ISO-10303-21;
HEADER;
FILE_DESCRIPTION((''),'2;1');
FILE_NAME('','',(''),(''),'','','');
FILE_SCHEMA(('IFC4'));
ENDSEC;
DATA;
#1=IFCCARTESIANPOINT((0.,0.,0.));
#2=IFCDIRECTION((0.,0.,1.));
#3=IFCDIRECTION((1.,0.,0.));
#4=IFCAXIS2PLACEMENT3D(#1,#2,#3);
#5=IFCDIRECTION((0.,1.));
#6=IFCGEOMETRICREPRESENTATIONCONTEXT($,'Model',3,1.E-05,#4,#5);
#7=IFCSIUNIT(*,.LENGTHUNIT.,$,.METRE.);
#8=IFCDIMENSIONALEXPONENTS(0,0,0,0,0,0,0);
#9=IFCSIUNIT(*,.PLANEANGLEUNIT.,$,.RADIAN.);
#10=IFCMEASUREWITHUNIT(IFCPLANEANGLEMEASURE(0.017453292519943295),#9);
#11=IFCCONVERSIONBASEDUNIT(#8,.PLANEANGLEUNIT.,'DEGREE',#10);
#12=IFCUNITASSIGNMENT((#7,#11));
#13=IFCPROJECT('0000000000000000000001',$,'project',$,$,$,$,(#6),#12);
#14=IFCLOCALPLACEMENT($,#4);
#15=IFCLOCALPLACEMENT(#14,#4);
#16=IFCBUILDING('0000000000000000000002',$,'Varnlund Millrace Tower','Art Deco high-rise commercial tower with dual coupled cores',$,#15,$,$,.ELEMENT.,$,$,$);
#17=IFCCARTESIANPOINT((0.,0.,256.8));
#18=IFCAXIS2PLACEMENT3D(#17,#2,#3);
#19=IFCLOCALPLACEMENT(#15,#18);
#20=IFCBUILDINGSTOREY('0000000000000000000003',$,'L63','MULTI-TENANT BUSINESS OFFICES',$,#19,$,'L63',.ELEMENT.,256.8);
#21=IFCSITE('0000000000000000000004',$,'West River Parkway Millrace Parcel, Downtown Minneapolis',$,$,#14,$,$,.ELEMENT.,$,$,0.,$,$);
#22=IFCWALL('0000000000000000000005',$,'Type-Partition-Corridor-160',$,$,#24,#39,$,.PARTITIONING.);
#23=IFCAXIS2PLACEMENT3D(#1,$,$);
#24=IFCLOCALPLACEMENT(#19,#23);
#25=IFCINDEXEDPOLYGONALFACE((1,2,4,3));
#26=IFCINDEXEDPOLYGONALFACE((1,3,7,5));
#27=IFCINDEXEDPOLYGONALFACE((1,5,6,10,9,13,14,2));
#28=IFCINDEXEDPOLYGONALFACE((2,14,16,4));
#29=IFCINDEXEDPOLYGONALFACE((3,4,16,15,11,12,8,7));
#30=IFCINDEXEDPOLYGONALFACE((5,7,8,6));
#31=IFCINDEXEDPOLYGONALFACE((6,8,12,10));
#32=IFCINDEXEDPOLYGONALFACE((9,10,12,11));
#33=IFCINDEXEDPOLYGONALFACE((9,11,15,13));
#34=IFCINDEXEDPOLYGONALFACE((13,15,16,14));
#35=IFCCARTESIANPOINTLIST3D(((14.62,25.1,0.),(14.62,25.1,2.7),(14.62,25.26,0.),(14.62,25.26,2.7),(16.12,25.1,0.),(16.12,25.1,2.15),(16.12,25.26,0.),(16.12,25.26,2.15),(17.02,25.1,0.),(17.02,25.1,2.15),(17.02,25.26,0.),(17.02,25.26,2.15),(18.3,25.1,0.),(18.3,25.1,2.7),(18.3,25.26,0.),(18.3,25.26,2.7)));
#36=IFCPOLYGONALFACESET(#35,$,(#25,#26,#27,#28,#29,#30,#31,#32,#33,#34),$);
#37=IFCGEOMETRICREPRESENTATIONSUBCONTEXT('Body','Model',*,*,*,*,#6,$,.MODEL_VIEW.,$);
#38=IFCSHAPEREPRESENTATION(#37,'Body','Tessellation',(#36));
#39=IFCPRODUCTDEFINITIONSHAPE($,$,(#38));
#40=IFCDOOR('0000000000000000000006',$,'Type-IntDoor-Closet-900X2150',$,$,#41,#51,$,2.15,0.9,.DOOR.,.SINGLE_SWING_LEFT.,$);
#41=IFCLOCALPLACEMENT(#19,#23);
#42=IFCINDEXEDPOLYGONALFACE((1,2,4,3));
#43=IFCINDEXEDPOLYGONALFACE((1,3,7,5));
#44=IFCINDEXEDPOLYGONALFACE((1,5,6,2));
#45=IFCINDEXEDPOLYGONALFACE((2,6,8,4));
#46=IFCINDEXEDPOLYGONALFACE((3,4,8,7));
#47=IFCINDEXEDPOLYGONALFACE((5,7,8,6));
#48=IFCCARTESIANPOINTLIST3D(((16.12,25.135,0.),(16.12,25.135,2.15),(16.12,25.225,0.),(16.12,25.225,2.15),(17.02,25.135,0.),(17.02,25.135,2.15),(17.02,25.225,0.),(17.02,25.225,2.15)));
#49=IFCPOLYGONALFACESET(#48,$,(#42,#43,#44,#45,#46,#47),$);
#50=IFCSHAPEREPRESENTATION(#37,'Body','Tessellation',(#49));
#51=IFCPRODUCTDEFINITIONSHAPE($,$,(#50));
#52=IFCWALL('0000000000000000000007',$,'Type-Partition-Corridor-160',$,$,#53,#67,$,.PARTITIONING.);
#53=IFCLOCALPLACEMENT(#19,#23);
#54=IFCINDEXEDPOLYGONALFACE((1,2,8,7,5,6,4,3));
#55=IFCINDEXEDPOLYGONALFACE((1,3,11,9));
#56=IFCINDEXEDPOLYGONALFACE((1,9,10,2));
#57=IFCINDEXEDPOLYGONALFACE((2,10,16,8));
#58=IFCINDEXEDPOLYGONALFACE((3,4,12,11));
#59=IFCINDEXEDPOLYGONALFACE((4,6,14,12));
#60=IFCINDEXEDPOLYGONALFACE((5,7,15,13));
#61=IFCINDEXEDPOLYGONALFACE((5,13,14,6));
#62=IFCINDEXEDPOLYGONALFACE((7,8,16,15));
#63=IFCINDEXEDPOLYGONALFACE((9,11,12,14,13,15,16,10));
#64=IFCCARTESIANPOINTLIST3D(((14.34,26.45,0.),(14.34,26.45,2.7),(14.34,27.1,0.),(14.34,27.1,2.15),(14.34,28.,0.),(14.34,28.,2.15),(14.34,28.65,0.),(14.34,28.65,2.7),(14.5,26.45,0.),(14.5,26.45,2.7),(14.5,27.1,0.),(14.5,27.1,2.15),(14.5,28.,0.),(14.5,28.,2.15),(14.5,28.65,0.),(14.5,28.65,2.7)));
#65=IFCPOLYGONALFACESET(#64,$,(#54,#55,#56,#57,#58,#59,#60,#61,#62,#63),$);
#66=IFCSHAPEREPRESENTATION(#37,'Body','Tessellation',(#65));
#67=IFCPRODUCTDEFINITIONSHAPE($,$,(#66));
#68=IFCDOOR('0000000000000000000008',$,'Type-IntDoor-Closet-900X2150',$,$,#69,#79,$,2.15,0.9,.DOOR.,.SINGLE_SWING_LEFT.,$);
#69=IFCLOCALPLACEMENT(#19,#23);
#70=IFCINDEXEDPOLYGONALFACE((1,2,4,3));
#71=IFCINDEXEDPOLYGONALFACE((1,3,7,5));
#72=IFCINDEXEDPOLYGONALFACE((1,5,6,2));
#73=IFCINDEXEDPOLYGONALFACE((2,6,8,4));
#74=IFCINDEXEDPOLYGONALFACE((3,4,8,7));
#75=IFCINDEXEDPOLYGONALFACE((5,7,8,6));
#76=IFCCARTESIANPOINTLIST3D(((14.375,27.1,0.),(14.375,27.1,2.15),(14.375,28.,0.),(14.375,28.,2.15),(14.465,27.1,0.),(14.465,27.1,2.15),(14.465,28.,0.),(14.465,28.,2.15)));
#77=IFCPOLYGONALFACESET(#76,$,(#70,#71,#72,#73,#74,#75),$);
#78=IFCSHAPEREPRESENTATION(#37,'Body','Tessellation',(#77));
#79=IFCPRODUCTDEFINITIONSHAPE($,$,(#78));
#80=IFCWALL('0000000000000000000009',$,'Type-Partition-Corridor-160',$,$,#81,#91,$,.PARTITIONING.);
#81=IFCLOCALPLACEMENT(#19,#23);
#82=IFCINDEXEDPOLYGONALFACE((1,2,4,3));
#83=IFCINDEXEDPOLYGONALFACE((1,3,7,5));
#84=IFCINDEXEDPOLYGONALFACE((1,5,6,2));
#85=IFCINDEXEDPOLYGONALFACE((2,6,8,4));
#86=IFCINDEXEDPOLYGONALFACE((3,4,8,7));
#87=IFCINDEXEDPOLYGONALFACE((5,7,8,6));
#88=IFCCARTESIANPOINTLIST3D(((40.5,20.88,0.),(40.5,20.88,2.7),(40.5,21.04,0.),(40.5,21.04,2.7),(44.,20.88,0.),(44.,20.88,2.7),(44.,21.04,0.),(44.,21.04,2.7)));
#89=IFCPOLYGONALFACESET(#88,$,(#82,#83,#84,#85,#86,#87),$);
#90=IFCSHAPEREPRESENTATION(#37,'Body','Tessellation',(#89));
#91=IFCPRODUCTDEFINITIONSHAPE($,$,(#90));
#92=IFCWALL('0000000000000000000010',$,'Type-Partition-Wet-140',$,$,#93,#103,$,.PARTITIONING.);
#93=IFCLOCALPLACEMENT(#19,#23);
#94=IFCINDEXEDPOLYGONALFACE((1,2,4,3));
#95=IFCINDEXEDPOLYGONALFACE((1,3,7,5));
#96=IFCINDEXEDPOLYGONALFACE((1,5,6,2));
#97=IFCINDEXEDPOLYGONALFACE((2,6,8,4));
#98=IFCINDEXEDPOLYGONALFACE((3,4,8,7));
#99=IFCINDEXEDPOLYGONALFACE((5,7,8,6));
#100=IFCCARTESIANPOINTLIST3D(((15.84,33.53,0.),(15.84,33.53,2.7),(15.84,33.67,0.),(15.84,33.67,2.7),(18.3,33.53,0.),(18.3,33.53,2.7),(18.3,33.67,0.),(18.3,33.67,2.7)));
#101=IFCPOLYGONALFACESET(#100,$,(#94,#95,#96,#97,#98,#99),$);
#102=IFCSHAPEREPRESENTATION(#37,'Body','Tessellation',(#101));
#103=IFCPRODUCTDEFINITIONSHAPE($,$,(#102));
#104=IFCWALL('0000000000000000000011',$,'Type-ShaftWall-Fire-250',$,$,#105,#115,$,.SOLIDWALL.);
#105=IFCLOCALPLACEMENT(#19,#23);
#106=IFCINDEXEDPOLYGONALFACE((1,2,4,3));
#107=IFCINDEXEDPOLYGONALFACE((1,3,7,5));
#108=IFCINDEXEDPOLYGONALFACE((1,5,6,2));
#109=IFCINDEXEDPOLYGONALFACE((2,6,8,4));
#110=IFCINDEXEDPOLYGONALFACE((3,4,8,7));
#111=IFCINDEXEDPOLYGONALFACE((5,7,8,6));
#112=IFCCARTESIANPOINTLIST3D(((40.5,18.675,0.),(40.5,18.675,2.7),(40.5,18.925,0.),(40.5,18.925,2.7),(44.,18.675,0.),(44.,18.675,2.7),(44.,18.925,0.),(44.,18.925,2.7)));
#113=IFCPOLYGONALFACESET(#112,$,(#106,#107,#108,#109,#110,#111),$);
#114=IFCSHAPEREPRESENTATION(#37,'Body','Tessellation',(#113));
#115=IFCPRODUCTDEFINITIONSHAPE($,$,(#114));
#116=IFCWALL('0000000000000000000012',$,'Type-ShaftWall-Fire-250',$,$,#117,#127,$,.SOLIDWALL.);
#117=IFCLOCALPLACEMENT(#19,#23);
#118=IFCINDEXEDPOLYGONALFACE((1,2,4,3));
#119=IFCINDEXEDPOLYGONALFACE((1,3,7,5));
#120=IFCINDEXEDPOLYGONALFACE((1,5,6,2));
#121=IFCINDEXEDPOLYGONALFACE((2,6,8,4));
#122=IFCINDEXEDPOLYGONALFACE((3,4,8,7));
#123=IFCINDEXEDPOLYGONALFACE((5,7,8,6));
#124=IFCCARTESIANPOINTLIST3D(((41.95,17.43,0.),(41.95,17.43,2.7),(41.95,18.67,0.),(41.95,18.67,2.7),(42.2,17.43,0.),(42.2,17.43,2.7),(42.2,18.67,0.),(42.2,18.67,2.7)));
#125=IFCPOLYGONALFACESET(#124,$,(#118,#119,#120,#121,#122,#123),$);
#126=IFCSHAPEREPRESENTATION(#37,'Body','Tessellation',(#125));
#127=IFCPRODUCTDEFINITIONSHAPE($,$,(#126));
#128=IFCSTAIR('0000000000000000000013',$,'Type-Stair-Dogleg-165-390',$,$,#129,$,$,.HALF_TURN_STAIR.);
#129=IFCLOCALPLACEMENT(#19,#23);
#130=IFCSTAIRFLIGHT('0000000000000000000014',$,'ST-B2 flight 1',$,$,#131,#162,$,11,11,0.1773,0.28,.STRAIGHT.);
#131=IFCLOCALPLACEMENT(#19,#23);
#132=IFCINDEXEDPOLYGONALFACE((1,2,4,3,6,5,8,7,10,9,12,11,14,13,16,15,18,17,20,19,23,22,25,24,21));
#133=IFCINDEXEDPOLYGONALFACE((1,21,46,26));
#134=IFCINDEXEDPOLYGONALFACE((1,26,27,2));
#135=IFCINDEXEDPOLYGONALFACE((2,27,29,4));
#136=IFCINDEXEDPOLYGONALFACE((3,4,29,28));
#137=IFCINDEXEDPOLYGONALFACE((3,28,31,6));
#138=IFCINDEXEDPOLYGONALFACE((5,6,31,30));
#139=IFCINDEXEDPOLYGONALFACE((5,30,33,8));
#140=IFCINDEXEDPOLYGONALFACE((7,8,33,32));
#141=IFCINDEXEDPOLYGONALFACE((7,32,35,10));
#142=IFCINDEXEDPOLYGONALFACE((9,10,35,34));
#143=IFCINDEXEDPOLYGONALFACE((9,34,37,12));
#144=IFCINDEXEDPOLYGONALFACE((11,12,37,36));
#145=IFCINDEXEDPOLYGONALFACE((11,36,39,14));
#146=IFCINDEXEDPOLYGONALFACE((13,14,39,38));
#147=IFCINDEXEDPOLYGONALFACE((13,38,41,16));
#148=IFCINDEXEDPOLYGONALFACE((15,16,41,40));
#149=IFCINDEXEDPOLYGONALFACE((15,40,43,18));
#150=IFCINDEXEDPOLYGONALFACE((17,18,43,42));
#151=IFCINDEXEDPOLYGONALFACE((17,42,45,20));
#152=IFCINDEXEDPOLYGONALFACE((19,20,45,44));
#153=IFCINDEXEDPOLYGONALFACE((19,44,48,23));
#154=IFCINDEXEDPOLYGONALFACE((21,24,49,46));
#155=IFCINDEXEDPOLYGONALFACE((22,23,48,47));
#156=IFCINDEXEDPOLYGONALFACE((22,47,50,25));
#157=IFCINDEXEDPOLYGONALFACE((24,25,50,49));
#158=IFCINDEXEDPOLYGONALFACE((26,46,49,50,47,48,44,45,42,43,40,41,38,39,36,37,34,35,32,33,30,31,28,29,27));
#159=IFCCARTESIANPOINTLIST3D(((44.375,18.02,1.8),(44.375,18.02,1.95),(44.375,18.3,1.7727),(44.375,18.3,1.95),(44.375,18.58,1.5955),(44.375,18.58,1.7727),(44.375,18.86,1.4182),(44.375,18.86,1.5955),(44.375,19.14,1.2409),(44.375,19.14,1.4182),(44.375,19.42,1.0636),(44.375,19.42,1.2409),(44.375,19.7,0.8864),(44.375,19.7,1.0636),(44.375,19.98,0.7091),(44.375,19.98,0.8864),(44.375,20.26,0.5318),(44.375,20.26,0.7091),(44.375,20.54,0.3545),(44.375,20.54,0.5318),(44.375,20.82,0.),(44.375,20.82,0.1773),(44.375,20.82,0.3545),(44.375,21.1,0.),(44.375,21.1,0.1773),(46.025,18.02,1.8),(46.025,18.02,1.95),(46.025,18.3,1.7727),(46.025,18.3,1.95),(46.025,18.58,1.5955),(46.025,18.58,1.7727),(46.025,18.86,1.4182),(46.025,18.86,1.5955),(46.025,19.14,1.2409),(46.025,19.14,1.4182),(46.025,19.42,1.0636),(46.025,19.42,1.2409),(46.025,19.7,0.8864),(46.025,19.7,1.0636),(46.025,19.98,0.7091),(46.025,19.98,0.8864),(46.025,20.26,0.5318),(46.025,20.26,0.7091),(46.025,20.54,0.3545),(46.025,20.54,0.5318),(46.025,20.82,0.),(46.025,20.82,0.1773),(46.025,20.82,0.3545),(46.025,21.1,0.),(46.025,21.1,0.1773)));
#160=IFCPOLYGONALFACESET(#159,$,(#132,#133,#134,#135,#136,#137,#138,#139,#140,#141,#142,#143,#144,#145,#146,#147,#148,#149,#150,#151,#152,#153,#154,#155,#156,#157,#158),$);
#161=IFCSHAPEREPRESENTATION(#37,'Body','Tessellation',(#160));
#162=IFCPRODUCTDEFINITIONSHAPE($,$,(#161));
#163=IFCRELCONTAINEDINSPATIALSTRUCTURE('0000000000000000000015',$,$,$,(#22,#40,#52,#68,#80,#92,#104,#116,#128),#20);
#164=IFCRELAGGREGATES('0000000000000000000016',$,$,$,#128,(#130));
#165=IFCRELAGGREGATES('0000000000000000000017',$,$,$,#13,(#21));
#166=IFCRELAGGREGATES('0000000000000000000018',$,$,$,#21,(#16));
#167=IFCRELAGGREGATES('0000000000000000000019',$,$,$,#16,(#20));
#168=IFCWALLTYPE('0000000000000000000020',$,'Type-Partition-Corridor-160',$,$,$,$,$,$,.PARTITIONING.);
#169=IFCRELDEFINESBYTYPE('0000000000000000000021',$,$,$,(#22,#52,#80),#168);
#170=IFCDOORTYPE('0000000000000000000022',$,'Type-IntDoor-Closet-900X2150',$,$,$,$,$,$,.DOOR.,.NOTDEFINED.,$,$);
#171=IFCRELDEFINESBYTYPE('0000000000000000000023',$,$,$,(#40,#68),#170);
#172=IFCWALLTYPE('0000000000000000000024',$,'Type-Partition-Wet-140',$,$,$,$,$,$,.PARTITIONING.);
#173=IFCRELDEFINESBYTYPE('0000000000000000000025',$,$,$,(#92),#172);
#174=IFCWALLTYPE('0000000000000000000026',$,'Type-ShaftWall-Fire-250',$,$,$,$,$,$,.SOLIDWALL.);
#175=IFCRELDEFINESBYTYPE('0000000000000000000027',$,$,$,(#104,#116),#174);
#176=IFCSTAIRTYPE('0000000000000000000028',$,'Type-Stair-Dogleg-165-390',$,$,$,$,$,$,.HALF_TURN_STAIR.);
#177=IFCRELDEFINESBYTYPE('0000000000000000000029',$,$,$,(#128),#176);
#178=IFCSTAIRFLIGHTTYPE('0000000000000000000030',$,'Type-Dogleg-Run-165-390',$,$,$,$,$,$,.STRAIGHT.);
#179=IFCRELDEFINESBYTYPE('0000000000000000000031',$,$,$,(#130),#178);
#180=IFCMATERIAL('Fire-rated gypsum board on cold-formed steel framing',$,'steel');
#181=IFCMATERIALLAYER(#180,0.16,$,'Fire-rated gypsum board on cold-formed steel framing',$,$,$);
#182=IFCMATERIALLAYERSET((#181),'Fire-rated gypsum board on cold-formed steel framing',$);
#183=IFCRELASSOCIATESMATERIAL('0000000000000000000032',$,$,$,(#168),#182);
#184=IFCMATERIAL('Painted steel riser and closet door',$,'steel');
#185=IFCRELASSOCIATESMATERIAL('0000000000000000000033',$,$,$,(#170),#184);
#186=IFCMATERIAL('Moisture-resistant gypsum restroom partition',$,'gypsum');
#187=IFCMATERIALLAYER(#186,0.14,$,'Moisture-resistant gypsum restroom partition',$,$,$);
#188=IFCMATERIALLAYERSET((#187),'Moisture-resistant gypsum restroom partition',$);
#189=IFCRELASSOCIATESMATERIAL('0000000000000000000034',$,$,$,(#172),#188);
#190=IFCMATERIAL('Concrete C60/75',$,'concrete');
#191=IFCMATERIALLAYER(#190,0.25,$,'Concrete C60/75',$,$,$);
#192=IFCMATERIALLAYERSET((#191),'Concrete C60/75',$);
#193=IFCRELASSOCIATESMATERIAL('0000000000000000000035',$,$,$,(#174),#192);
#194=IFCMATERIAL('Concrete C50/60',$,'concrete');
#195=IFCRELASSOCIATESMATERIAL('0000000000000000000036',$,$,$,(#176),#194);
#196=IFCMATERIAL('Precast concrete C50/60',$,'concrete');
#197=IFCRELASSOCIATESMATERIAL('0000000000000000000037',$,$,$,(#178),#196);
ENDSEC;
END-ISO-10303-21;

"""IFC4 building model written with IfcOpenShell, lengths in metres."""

from ifc_helpers import new_model, entity, si_unit, converted_unit, direction, frame, origin_with_axes, origin_2d_with_axis, place, context, subcontext, project, spatial, polyline, rectangle, outline, extrude, material, layer, layer_set, type_object, element, fill, aggregate, save


model = new_model("IFC4")

# Units and contexts
model_context = context("Model", 3, precision=1e-05, world=origin_with_axes(), true_north=direction((0.0, 1.0)))
body_context = subcontext(model_context, "Body", "Model", "MODEL_VIEW")
ifc_project = project(units=[si_unit("LENGTHUNIT", "METRE"), converted_unit("PLANEANGLEUNIT", "DEGREE", entity("IfcPlaneAngleMeasure", 0.017453292519943295), si_unit("PLANEANGLEUNIT", "RADIAN"), dimensions=[0, 0, 0, 0, 0, 0, 0])], contexts=[model_context])

# Site, building, storey
site_placement = place(None, origin_with_axes())
site = spatial("IfcSite", under=ifc_project, at=site_placement, Name="West River Parkway Millrace Parcel, Downtown Minneapolis", CompositionType="ELEMENT", RefElevation=0.0)
building_placement = place(site_placement, origin_with_axes())
building = spatial("IfcBuilding", under=site, at=building_placement, Name="Varnlund Millrace Tower", Description="Art Deco high-rise commercial tower with dual coupled cores", CompositionType="ELEMENT")
storey_placement = place(building_placement, frame((0.0, 0.0, 256.8), z_axis=(0.0, 0.0, 1.0), x_axis=(1.0, 0.0, 0.0)))
storey = spatial("IfcBuildingStorey", under=building, at=storey_placement, Name="L63", Description="MULTI-TENANT BUSINESS OFFICES", LongName="L63", CompositionType="ELEMENT", Elevation=256.8)

# Shared definitions
ifc_material_1 = material(Name="Concrete C60/75", Category="concrete")

# Walls, openings, doors
ifc_material_2 = material(Name="Fire-rated gypsum board on cold-formed steel framing", Category="steel")
ifc_layer_1 = layer(ifc_material_2, 0.16, Name="Fire-rated gypsum board on cold-formed steel framing")
ifc_layer_set_1 = layer_set([ifc_layer_1], Name="Fire-rated gypsum board on cold-formed steel framing")
wall_type_1 = type_object("IfcWallType", Name="Type-Partition-Corridor-160", PredefinedType="PARTITIONING", material=ifc_layer_set_1)
wall_1_placement = place(storey_placement, frame((14.62, 25.18, 0.0), z_axis=(0.0, 0.0, 1.0), x_axis=(1.0, 0.0, 0.0)))
wall_1 = element("IfcWall", 1, at=wall_1_placement, inside=storey, type_object=wall_type_1, Name="Type-Partition-Corridor-160", PredefinedType="PARTITIONING", context=body_context, shape_type="SweptSolid", body=[
    extrude(outline(polyline([(0.0, -0.08), (3.68, -0.08), (3.68, 0.08), (0.0, 0.08), (0.0, -0.08)])), origin_with_axes(), (0.0, 0.0, 1.0), 2.7),
])
opening_1_placement = place(wall_1_placement, frame((1.95, 0.0, 0.0), z_axis=(0.0, 0.0, 1.0), x_axis=(1.0, 0.0, 0.0)))
opening_1 = element("IfcOpeningElement", 2, at=opening_1_placement, cuts=wall_1, PredefinedType="OPENING", context=body_context, shape_type="SweptSolid", body=[
    extrude(rectangle(XDim=0.9, YDim=0.18, at=origin_2d_with_axis()), origin_with_axes(), (0.0, 0.0, 1.0), 2.15),
])
ifc_material_3 = material(Name="Painted steel riser and closet door", Category="steel")
door_type = type_object("IfcDoorType", Name="Type-IntDoor-Closet-900X2150", OperationType="NOTDEFINED", PredefinedType="DOOR", material=ifc_material_3)
door_1_placement = place(wall_1_placement, frame((1.95, 0.0, 0.0), z_axis=(0.0, 0.0, 1.0), x_axis=(1.0, 0.0, 0.0)))
door_1 = element("IfcDoor", 3, at=door_1_placement, inside=storey, type_object=door_type, Name="Type-IntDoor-Closet-900X2150", OperationType="SINGLE_SWING_LEFT", OverallHeight=2.15, OverallWidth=0.9, PredefinedType="DOOR", context=body_context, shape_type="SweptSolid", body=[
    extrude(rectangle(XDim=0.9, YDim=0.09, at=origin_2d_with_axis()), origin_with_axes(), (0.0, 0.0, 1.0), 2.15),
])
fill(opening_1, door_1)
wall_2_placement = place(storey_placement, frame((14.42, 26.45, 0.0), z_axis=(0.0, 0.0, 1.0), x_axis=(0.0, 1.0, 0.0)))
wall_2 = element("IfcWall", 4, at=wall_2_placement, inside=storey, type_object=wall_type_1, Name="Type-Partition-Corridor-160", PredefinedType="PARTITIONING", context=body_context, shape_type="SweptSolid", body=[
    extrude(outline(polyline([(0.0, -0.08), (2.2, -0.08), (2.2, 0.08), (0.0, 0.08), (0.0, -0.08)])), origin_with_axes(), (0.0, 0.0, 1.0), 2.7),
])
opening_2_placement = place(wall_2_placement, frame((1.1, 0.0, 0.0), z_axis=(0.0, 0.0, 1.0), x_axis=(1.0, 0.0, 0.0)))
opening_2 = element("IfcOpeningElement", 5, at=opening_2_placement, cuts=wall_2, PredefinedType="OPENING", context=body_context, shape_type="SweptSolid", body=[
    extrude(rectangle(XDim=0.9, YDim=0.18, at=origin_2d_with_axis()), origin_with_axes(), (0.0, 0.0, 1.0), 2.15),
])
door_2_placement = place(wall_2_placement, frame((1.1, 0.0, 0.0), z_axis=(0.0, 0.0, 1.0), x_axis=(1.0, 0.0, 0.0)))
door_2 = element("IfcDoor", 6, at=door_2_placement, inside=storey, type_object=door_type, Name="Type-IntDoor-Closet-900X2150", OperationType="SINGLE_SWING_LEFT", OverallHeight=2.15, OverallWidth=0.9, PredefinedType="DOOR", context=body_context, shape_type="SweptSolid", body=[
    extrude(rectangle(XDim=0.9, YDim=0.09, at=origin_2d_with_axis()), origin_with_axes(), (0.0, 0.0, 1.0), 2.15),
])
fill(opening_2, door_2)

# Walls
wall_3_placement = place(storey_placement, frame((40.5, 20.96, 0.0), z_axis=(0.0, 0.0, 1.0), x_axis=(1.0, 0.0, 0.0)))
element("IfcWall", 7, at=wall_3_placement, inside=storey, type_object=wall_type_1, Name="Type-Partition-Corridor-160", PredefinedType="PARTITIONING", context=body_context, shape_type="SweptSolid", body=[
    extrude(outline(polyline([(0.0, -0.08), (3.5, -0.08), (3.5, 0.08), (0.0, 0.08), (0.0, -0.08)])), origin_with_axes(), (0.0, 0.0, 1.0), 2.7),
])
ifc_material_4 = material(Name="Moisture-resistant gypsum restroom partition", Category="gypsum")
ifc_layer_2 = layer(ifc_material_4, 0.14, Name="Moisture-resistant gypsum restroom partition")
ifc_layer_set_2 = layer_set([ifc_layer_2], Name="Moisture-resistant gypsum restroom partition")
wall_type_2 = type_object("IfcWallType", Name="Type-Partition-Wet-140", PredefinedType="PARTITIONING", material=ifc_layer_set_2)
wall_4_placement = place(storey_placement, frame((15.84, 33.6, 0.0), z_axis=(0.0, 0.0, 1.0), x_axis=(1.0, 0.0, 0.0)))
element("IfcWall", 8, at=wall_4_placement, inside=storey, type_object=wall_type_2, Name="Type-Partition-Wet-140", PredefinedType="PARTITIONING", context=body_context, shape_type="SweptSolid", body=[
    extrude(outline(polyline([(0.0, -0.07), (2.46, -0.07), (2.46, 0.07), (0.0, 0.07), (0.0, -0.07)])), origin_with_axes(), (0.0, 0.0, 1.0), 2.7),
])
ifc_layer_3 = layer(ifc_material_1, 0.25, Name="Concrete C60/75")
ifc_layer_set_3 = layer_set([ifc_layer_3], Name="Concrete C60/75")
wall_type_3 = type_object("IfcWallType", Name="Type-ShaftWall-Fire-250", PredefinedType="SOLIDWALL", material=ifc_layer_set_3)
wall_5_placement = place(storey_placement, frame((40.5, 18.8, 0.0), z_axis=(0.0, 0.0, 1.0), x_axis=(1.0, 0.0, 0.0)))
element("IfcWall", 9, at=wall_5_placement, inside=storey, type_object=wall_type_3, Name="Type-ShaftWall-Fire-250", PredefinedType="SOLIDWALL", context=body_context, shape_type="SweptSolid", body=[
    extrude(outline(polyline([(0.0, -0.125), (3.5, -0.125), (3.5, 0.125), (0.0, 0.125), (0.0, -0.125)])), origin_with_axes(), (0.0, 0.0, 1.0), 2.7),
])
wall_6_placement = place(storey_placement, frame((42.075, 17.43, 0.0), z_axis=(0.0, 0.0, 1.0), x_axis=(0.0, 1.0, 0.0)))
element("IfcWall", 10, at=wall_6_placement, inside=storey, type_object=wall_type_3, Name="Type-ShaftWall-Fire-250", PredefinedType="SOLIDWALL", context=body_context, shape_type="SweptSolid", body=[
    extrude(outline(polyline([(0.0, -0.125), (1.24, -0.125), (1.24, 0.125), (0.0, 0.125), (0.0, -0.125)])), origin_with_axes(), (0.0, 0.0, 1.0), 2.7),
])

# Stair, stair flight
ifc_material_5 = material(Name="Concrete C50/60", Category="concrete")
stair_type_1 = type_object("IfcStairType", Name="Type-Stair-Dogleg-165-390", PredefinedType="HALF_TURN_STAIR", material=ifc_material_5)
stair_1_placement = place(storey_placement, origin_with_axes())
stair_1 = element("IfcStair", 11, at=stair_1_placement, inside=storey, type_object=stair_type_1, Name="Type-Stair-Dogleg-165-390", PredefinedType="HALF_TURN_STAIR")
ifc_material_6 = material(Name="Precast concrete C50/60", Category="concrete")
stair_flight_type_1 = type_object("IfcStairFlightType", Name="Type-Dogleg-Run-165-390", PredefinedType="STRAIGHT", material=ifc_material_6)
stair_flight_1_placement = place(storey_placement, frame((46.025, 21.1, 0.0), z_axis=(-1.0, 0.0, 0.0), x_axis=(0.0, -1.0, 0.0)))
stair_flight_1 = element("IfcStairFlight", 12, at=stair_flight_1_placement, type_object=stair_flight_type_1, Name="ST-B2 flight 1", NumberOfRisers=11, NumberOfTreads=11, PredefinedType="STRAIGHT", RiserHeight=0.1773, TreadLength=0.28, context=body_context, shape_type="SweptSolid", body=[
    extrude(outline(polyline([(0.0, 0.0), (0.0, 0.1773), (0.28, 0.1773), (0.28, 0.3545), (0.56, 0.3545), (0.56, 0.5318), (0.84, 0.5318), (0.84, 0.7091), (1.12, 0.7091), (1.12, 0.8864), (1.4, 0.8864), (1.4, 1.0636), (1.68, 1.0636), (1.68, 1.2409), (1.96, 1.2409), (1.96, 1.4182), (2.24, 1.4182), (2.24, 1.5955), (2.52, 1.5955), (2.52, 1.7727), (2.8, 1.7727), (2.8, 1.95), (3.08, 1.95), (3.08, 1.8), (0.28, 0.0), (0.0, 0.0)])), origin_with_axes(), (0.0, 0.0, 1.0), 1.65),
])
aggregate(stair_1, [stair_flight_1])

save(model, "model.ifc")
